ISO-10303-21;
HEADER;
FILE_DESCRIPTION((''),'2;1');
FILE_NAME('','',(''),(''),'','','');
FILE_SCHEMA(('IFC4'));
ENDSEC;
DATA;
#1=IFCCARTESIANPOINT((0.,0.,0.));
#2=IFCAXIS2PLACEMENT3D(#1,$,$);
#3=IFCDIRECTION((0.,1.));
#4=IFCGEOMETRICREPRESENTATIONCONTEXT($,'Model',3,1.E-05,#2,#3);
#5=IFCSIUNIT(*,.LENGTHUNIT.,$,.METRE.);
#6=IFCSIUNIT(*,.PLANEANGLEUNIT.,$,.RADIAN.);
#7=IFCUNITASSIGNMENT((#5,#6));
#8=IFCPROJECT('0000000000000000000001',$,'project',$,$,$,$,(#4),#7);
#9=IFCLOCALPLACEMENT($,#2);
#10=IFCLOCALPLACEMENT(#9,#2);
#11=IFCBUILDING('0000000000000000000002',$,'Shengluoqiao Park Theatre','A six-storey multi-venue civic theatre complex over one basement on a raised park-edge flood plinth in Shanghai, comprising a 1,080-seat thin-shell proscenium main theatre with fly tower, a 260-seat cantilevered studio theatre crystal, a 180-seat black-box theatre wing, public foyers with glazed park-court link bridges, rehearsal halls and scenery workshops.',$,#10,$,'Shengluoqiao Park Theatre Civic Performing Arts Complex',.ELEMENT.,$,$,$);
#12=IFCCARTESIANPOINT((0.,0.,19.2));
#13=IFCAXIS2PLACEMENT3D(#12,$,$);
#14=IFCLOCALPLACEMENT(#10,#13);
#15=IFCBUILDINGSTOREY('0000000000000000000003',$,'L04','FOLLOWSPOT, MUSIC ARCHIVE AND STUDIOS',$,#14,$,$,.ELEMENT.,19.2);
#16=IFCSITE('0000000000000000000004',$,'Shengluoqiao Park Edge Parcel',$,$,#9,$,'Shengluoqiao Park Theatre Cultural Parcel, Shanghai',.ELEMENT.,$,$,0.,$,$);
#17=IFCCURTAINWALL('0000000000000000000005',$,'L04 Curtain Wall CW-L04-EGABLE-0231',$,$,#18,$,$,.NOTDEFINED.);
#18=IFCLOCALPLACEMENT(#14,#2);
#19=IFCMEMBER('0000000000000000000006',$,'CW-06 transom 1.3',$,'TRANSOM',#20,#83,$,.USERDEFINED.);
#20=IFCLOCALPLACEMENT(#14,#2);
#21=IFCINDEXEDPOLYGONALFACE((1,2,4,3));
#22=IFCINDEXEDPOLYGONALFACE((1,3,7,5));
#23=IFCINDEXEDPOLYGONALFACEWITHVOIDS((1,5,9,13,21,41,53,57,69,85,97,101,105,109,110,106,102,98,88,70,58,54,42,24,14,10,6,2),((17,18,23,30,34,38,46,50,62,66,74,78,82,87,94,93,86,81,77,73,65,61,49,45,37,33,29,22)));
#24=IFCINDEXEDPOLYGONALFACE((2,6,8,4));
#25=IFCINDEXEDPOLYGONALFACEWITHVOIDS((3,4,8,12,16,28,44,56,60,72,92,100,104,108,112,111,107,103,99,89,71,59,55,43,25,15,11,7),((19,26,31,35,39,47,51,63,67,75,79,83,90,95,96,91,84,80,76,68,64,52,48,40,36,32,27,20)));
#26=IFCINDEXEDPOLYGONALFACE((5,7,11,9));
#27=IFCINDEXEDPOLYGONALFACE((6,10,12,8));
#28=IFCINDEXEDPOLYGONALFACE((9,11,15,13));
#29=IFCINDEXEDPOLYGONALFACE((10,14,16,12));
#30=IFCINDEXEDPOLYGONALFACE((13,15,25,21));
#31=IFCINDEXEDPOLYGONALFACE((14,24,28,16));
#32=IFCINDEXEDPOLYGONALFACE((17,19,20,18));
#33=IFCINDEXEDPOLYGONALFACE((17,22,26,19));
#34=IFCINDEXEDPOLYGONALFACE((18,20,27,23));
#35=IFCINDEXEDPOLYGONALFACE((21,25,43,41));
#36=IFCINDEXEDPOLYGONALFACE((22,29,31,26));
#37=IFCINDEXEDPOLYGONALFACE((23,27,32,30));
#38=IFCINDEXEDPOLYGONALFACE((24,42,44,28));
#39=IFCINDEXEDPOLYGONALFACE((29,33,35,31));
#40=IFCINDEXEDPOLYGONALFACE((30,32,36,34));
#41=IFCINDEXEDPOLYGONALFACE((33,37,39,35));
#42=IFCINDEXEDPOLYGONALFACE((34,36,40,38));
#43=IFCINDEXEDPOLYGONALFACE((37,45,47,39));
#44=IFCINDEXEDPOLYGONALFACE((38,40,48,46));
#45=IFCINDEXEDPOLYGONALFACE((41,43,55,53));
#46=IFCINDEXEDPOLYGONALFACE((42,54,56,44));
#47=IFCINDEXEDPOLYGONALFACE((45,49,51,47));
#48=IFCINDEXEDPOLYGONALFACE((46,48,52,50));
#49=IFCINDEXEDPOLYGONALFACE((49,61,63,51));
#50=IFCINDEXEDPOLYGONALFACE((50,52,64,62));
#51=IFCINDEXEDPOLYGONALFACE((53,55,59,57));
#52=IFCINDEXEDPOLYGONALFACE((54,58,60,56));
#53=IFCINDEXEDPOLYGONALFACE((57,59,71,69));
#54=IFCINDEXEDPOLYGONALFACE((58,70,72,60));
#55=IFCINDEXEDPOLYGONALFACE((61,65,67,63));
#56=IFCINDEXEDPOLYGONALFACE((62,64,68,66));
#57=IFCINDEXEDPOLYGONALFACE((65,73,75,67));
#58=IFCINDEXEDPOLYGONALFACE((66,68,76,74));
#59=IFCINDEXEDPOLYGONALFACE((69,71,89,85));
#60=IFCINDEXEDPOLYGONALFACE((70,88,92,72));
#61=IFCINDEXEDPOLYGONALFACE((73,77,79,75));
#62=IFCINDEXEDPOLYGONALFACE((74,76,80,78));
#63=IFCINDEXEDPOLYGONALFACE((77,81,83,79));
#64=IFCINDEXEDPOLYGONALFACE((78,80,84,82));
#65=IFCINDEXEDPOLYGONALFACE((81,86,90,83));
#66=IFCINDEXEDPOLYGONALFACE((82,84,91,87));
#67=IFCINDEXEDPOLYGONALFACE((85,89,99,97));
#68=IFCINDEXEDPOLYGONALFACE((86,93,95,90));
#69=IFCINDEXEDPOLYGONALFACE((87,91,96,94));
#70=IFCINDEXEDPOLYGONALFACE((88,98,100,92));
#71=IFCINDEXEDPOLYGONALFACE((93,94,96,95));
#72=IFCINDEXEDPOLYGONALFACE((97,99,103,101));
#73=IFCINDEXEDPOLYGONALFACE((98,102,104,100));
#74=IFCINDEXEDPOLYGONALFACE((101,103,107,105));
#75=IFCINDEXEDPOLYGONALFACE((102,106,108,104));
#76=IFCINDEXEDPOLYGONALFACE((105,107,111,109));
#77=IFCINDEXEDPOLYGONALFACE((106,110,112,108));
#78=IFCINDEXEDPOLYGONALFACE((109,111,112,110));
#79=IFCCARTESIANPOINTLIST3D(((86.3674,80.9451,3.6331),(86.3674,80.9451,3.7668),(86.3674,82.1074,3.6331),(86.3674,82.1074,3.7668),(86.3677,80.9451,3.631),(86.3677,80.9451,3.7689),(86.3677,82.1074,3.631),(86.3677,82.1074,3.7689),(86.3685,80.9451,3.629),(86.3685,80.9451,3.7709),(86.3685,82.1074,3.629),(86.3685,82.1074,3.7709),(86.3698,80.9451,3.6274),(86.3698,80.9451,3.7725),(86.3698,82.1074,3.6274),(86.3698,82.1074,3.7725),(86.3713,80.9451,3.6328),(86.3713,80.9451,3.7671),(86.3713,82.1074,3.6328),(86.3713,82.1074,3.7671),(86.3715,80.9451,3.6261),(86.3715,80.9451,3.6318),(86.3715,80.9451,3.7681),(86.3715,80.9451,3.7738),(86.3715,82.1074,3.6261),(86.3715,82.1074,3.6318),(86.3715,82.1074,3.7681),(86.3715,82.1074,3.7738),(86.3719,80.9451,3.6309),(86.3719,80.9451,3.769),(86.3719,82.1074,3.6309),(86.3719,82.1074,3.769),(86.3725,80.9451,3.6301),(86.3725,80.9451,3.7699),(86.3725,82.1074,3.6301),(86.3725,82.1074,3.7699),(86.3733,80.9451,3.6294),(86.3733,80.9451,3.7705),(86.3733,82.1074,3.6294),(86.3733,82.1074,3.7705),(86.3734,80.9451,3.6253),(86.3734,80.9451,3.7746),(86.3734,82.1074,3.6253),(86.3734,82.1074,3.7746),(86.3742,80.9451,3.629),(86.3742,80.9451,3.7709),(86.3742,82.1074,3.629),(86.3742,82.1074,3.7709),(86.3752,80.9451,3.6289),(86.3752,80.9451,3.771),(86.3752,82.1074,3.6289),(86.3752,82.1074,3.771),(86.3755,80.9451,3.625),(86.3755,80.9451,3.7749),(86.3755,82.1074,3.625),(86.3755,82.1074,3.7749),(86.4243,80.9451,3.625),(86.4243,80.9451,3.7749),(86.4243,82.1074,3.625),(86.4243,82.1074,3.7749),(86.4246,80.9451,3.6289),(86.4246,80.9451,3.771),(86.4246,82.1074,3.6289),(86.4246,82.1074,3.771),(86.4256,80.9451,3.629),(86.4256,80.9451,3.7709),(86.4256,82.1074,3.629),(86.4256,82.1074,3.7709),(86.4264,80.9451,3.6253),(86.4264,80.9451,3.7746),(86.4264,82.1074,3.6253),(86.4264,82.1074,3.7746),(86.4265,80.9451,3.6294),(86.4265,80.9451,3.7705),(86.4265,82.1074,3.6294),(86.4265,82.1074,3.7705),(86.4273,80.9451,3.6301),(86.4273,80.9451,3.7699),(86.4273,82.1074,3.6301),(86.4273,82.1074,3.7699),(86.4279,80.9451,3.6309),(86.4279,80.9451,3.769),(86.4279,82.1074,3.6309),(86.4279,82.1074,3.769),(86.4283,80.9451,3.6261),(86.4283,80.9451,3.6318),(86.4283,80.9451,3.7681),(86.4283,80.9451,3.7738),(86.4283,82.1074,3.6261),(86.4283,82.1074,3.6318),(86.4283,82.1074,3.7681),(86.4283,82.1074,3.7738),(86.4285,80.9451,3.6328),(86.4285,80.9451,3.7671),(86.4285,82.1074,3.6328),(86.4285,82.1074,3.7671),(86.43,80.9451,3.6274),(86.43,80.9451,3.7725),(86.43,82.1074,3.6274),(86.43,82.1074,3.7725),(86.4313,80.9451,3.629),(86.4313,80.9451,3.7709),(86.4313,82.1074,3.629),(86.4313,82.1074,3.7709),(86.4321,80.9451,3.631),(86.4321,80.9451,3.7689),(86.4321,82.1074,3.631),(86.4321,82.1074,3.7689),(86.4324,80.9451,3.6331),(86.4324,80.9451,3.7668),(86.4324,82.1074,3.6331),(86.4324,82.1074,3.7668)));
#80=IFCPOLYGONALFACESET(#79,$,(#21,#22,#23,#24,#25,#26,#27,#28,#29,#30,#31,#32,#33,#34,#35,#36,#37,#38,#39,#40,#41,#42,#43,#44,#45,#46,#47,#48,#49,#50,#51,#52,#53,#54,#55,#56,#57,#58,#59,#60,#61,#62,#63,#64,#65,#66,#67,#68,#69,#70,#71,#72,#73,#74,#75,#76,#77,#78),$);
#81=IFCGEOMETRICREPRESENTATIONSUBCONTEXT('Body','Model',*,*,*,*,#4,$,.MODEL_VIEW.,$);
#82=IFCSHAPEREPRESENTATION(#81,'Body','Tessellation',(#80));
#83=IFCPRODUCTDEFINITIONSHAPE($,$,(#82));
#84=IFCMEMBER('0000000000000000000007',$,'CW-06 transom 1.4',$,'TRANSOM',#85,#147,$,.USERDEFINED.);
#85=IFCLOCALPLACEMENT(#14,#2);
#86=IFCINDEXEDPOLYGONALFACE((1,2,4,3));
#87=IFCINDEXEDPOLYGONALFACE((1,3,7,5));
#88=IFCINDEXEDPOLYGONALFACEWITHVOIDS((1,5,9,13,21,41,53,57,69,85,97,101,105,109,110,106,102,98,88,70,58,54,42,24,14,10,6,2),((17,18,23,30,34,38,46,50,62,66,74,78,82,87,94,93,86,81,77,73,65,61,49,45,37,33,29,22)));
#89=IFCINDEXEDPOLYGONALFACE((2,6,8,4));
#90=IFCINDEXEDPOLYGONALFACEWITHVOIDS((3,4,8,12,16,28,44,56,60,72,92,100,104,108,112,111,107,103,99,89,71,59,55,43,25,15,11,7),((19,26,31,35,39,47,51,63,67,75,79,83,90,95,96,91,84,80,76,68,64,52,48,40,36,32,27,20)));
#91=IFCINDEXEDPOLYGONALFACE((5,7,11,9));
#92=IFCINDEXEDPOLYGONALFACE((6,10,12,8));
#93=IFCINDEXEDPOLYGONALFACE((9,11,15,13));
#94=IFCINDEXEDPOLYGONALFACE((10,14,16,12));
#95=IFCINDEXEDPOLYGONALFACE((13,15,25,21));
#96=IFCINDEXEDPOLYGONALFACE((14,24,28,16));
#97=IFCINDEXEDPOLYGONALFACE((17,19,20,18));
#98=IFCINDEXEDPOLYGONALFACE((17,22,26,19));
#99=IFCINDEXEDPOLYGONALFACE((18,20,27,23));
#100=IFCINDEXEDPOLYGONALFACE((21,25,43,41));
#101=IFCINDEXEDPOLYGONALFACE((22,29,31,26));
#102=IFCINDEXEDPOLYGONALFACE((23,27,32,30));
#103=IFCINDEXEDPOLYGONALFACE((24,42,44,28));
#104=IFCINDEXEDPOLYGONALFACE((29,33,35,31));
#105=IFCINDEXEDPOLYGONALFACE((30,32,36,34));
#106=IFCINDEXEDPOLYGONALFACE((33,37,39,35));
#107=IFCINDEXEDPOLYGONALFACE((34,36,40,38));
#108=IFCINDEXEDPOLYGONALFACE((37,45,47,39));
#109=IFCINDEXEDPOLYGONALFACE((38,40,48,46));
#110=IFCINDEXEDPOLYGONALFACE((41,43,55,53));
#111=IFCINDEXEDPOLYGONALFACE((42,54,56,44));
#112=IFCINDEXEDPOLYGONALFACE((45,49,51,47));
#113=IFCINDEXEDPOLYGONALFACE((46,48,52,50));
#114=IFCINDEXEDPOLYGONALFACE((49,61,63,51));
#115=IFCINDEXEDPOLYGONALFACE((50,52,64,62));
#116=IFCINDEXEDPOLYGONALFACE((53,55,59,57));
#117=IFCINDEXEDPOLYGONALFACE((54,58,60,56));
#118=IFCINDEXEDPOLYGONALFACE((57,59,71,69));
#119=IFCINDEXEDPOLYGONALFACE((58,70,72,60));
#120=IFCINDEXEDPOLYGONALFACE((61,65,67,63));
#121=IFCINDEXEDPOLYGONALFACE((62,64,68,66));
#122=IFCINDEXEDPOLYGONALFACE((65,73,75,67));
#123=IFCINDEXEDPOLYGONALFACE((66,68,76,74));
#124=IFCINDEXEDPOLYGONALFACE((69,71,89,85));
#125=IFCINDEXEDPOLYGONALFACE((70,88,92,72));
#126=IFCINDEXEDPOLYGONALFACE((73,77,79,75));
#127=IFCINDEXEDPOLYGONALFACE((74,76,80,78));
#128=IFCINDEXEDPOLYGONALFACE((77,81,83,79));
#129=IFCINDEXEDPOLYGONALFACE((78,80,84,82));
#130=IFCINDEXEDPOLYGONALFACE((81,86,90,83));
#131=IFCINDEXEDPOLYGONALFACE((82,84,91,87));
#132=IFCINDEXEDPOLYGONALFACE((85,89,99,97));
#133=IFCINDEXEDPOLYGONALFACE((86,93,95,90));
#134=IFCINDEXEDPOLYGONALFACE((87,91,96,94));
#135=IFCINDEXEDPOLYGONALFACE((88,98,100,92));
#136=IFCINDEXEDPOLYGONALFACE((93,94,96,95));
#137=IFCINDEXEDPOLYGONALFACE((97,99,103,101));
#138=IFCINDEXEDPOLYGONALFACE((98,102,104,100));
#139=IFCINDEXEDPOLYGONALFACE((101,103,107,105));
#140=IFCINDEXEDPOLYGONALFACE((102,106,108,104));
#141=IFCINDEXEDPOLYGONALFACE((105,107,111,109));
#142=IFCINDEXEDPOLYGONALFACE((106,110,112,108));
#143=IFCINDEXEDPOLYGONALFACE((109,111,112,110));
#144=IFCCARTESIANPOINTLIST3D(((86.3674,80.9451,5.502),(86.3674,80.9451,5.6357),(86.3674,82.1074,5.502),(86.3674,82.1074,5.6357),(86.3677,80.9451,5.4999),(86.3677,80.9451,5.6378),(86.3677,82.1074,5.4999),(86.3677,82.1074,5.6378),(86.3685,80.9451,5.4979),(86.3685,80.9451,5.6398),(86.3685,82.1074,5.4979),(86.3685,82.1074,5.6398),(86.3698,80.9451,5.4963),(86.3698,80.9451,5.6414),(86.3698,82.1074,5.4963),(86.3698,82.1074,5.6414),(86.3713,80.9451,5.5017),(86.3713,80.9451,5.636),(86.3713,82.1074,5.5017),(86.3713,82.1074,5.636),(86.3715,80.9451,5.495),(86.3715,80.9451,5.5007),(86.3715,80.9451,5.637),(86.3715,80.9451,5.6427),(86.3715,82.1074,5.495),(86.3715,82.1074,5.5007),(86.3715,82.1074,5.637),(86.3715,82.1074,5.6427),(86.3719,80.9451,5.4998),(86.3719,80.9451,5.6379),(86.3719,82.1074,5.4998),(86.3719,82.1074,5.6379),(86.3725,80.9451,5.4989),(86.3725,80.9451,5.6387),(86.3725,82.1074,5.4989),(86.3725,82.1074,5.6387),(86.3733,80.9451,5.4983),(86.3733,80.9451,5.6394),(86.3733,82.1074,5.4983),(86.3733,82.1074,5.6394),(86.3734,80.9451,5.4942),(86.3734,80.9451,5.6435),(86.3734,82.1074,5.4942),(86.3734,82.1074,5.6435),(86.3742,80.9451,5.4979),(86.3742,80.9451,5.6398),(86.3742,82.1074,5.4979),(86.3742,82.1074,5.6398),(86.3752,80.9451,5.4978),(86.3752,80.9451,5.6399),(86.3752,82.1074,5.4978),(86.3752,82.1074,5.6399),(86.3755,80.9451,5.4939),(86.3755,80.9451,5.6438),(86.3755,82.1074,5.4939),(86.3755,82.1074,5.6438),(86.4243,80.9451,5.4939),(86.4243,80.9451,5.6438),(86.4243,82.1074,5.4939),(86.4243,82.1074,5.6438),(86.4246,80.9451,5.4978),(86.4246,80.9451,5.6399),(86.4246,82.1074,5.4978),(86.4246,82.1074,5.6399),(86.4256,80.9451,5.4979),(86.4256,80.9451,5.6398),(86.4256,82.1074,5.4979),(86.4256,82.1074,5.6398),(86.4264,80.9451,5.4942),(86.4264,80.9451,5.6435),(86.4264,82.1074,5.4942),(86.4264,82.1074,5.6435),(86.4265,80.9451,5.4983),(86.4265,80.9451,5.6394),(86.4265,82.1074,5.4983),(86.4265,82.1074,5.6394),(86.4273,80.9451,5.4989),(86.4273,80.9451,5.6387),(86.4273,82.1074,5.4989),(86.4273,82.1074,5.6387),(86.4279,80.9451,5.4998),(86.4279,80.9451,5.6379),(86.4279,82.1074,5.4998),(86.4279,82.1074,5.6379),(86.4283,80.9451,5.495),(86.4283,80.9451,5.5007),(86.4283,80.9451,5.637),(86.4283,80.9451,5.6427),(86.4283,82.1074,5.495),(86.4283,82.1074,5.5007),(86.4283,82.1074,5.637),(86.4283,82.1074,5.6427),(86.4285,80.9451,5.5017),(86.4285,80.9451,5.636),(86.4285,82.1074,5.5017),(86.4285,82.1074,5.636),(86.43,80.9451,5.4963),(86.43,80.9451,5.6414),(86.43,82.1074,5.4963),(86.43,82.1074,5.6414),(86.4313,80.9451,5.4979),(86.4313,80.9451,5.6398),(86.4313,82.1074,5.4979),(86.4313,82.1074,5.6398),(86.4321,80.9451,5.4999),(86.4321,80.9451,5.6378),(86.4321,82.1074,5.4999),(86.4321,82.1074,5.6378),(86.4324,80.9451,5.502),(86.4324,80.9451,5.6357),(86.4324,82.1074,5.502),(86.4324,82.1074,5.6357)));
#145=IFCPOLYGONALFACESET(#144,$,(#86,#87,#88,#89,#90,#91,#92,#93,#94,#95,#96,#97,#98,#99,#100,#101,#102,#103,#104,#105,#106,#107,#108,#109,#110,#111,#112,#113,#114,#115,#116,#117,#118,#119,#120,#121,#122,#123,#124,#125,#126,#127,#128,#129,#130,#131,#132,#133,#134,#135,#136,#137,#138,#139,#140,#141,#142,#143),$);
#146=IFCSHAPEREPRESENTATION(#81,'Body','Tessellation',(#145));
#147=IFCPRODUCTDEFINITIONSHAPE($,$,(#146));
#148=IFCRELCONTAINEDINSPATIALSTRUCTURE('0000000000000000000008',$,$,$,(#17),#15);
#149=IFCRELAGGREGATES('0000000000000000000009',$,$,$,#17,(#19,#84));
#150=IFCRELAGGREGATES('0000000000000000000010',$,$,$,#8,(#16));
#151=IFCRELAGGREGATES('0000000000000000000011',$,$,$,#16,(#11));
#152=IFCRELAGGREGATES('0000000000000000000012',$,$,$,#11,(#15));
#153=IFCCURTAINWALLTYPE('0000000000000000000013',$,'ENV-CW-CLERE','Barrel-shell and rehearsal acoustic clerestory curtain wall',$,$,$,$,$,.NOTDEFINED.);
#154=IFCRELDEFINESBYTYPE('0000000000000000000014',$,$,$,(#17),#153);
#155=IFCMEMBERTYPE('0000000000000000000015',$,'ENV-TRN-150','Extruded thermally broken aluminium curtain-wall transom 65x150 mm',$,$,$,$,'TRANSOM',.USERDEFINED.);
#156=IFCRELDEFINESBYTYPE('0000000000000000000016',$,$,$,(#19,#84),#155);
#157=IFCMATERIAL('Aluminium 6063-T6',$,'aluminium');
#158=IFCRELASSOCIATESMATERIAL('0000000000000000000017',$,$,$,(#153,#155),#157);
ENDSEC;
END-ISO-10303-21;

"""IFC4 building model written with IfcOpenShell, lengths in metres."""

from ifc_helpers import new_model, si_unit, direction, frame, origin, origin_2d, place, context, subcontext, project, spatial, hollow_rectangle, extrude, material, material_profile, profile_set, type_object, element, aggregate, save


model = new_model("IFC4")

# Units and contexts
model_context = context("Model", 3, precision=1e-05, world=origin(), true_north=direction((0.0, 1.0)))
body_context = subcontext(model_context, "Body", "Model", "MODEL_VIEW")
ifc_project = project(units=[si_unit("LENGTHUNIT", "METRE"), si_unit("PLANEANGLEUNIT", "RADIAN")], contexts=[model_context])

# Site, building, storey
site_placement = place(None, origin())
site = spatial("IfcSite", under=ifc_project, at=site_placement, Name="Shengluoqiao Park Edge Parcel", LongName="Shengluoqiao Park Theatre Cultural Parcel, Shanghai", CompositionType="ELEMENT", RefElevation=0.0)
building_placement = place(site_placement, origin())
building = spatial("IfcBuilding", under=site, at=building_placement, Name="Shengluoqiao Park Theatre", Description="A six-storey multi-venue civic theatre complex over one basement on a raised park-edge flood plinth in Shanghai, comprising a 1,080-seat thin-shell proscenium main theatre with fly tower, a 260-seat cantilevered studio theatre crystal, a 180-seat black-box theatre wing, public foyers with glazed park-court link bridges, rehearsal halls and scenery workshops.", LongName="Shengluoqiao Park Theatre Civic Performing Arts Complex", CompositionType="ELEMENT")
storey_placement = place(building_placement, frame((0.0, 0.0, 19.2)))
storey = spatial("IfcBuildingStorey", under=building, at=storey_placement, Name="L04", Description="FOLLOWSPOT, MUSIC ARCHIVE AND STUDIOS", CompositionType="ELEMENT", Elevation=19.2)

# Shared definitions
ifc_material_1 = material(Name="Aluminium 6063-T6", Category="aluminium")
curtain_wall_type = type_object("IfcCurtainWallType", Name="ENV-CW-CLERE", Description="Barrel-shell and rehearsal acoustic clerestory curtain wall", PredefinedType="NOTDEFINED", material=ifc_material_1)

# Curtain wall, members
curtain_wall_1_placement = place(storey_placement, origin())
curtain_wall_1 = element("IfcCurtainWall", 1, at=curtain_wall_1_placement, inside=storey, type_object=curtain_wall_type, Name="L04 Curtain Wall CW-L04-EGABLE-0231", PredefinedType="NOTDEFINED")
ifc_material_profile_1 = material_profile(ifc_material_1, hollow_rectangle(XDim=0.0649, YDim=0.1499, WallThickness=0.0039, InnerFilletRadius=0.0039, OuterFilletRadius=0.0081, at=origin_2d()), Name="ALU TRANSOM 150x65x4")
ifc_profile_set_1 = profile_set([ifc_material_profile_1], Name="Aluminium 6063-T6")
member_type_1 = type_object("IfcMemberType", Name="ENV-TRN-150", Description="Extruded thermally broken aluminium curtain-wall transom 65x150 mm", ElementType="TRANSOM", PredefinedType="USERDEFINED", material=ifc_profile_set_1)
member_1_placement = place(storey_placement, frame((86.3999, 80.9451, 3.7), z_axis=(0.0, 1.0, 0.0), x_axis=(-1.0, 0.0, 0.0)))
member_1 = element("IfcMember", 2, at=member_1_placement, type_object=member_type_1, Name="CW-06 transom 1.3", ObjectType="TRANSOM", PredefinedType="USERDEFINED", context=body_context, shape_type="SweptSolid", body=[
    extrude(hollow_rectangle(XDim=0.0649, YDim=0.1499, WallThickness=0.0039, InnerFilletRadius=0.0039, OuterFilletRadius=0.0081, at=origin_2d()), origin(), (0.0, 0.0, 1.0), 1.1624),
])
member_2_placement = place(storey_placement, frame((86.3999, 80.9451, 5.5688), z_axis=(0.0, 1.0, 0.0), x_axis=(-1.0, 0.0, 0.0)))
member_2 = element("IfcMember", 3, at=member_2_placement, type_object=member_type_1, Name="CW-06 transom 1.4", ObjectType="TRANSOM", PredefinedType="USERDEFINED", context=body_context, shape_type="SweptSolid", body=[
    extrude(hollow_rectangle(XDim=0.0649, YDim=0.1499, WallThickness=0.0039, InnerFilletRadius=0.0039, OuterFilletRadius=0.0081, at=origin_2d()), origin(), (0.0, 0.0, 1.0), 1.1624),
])

aggregate(curtain_wall_1, [member_1, member_2])

save(model, "model.ifc")
